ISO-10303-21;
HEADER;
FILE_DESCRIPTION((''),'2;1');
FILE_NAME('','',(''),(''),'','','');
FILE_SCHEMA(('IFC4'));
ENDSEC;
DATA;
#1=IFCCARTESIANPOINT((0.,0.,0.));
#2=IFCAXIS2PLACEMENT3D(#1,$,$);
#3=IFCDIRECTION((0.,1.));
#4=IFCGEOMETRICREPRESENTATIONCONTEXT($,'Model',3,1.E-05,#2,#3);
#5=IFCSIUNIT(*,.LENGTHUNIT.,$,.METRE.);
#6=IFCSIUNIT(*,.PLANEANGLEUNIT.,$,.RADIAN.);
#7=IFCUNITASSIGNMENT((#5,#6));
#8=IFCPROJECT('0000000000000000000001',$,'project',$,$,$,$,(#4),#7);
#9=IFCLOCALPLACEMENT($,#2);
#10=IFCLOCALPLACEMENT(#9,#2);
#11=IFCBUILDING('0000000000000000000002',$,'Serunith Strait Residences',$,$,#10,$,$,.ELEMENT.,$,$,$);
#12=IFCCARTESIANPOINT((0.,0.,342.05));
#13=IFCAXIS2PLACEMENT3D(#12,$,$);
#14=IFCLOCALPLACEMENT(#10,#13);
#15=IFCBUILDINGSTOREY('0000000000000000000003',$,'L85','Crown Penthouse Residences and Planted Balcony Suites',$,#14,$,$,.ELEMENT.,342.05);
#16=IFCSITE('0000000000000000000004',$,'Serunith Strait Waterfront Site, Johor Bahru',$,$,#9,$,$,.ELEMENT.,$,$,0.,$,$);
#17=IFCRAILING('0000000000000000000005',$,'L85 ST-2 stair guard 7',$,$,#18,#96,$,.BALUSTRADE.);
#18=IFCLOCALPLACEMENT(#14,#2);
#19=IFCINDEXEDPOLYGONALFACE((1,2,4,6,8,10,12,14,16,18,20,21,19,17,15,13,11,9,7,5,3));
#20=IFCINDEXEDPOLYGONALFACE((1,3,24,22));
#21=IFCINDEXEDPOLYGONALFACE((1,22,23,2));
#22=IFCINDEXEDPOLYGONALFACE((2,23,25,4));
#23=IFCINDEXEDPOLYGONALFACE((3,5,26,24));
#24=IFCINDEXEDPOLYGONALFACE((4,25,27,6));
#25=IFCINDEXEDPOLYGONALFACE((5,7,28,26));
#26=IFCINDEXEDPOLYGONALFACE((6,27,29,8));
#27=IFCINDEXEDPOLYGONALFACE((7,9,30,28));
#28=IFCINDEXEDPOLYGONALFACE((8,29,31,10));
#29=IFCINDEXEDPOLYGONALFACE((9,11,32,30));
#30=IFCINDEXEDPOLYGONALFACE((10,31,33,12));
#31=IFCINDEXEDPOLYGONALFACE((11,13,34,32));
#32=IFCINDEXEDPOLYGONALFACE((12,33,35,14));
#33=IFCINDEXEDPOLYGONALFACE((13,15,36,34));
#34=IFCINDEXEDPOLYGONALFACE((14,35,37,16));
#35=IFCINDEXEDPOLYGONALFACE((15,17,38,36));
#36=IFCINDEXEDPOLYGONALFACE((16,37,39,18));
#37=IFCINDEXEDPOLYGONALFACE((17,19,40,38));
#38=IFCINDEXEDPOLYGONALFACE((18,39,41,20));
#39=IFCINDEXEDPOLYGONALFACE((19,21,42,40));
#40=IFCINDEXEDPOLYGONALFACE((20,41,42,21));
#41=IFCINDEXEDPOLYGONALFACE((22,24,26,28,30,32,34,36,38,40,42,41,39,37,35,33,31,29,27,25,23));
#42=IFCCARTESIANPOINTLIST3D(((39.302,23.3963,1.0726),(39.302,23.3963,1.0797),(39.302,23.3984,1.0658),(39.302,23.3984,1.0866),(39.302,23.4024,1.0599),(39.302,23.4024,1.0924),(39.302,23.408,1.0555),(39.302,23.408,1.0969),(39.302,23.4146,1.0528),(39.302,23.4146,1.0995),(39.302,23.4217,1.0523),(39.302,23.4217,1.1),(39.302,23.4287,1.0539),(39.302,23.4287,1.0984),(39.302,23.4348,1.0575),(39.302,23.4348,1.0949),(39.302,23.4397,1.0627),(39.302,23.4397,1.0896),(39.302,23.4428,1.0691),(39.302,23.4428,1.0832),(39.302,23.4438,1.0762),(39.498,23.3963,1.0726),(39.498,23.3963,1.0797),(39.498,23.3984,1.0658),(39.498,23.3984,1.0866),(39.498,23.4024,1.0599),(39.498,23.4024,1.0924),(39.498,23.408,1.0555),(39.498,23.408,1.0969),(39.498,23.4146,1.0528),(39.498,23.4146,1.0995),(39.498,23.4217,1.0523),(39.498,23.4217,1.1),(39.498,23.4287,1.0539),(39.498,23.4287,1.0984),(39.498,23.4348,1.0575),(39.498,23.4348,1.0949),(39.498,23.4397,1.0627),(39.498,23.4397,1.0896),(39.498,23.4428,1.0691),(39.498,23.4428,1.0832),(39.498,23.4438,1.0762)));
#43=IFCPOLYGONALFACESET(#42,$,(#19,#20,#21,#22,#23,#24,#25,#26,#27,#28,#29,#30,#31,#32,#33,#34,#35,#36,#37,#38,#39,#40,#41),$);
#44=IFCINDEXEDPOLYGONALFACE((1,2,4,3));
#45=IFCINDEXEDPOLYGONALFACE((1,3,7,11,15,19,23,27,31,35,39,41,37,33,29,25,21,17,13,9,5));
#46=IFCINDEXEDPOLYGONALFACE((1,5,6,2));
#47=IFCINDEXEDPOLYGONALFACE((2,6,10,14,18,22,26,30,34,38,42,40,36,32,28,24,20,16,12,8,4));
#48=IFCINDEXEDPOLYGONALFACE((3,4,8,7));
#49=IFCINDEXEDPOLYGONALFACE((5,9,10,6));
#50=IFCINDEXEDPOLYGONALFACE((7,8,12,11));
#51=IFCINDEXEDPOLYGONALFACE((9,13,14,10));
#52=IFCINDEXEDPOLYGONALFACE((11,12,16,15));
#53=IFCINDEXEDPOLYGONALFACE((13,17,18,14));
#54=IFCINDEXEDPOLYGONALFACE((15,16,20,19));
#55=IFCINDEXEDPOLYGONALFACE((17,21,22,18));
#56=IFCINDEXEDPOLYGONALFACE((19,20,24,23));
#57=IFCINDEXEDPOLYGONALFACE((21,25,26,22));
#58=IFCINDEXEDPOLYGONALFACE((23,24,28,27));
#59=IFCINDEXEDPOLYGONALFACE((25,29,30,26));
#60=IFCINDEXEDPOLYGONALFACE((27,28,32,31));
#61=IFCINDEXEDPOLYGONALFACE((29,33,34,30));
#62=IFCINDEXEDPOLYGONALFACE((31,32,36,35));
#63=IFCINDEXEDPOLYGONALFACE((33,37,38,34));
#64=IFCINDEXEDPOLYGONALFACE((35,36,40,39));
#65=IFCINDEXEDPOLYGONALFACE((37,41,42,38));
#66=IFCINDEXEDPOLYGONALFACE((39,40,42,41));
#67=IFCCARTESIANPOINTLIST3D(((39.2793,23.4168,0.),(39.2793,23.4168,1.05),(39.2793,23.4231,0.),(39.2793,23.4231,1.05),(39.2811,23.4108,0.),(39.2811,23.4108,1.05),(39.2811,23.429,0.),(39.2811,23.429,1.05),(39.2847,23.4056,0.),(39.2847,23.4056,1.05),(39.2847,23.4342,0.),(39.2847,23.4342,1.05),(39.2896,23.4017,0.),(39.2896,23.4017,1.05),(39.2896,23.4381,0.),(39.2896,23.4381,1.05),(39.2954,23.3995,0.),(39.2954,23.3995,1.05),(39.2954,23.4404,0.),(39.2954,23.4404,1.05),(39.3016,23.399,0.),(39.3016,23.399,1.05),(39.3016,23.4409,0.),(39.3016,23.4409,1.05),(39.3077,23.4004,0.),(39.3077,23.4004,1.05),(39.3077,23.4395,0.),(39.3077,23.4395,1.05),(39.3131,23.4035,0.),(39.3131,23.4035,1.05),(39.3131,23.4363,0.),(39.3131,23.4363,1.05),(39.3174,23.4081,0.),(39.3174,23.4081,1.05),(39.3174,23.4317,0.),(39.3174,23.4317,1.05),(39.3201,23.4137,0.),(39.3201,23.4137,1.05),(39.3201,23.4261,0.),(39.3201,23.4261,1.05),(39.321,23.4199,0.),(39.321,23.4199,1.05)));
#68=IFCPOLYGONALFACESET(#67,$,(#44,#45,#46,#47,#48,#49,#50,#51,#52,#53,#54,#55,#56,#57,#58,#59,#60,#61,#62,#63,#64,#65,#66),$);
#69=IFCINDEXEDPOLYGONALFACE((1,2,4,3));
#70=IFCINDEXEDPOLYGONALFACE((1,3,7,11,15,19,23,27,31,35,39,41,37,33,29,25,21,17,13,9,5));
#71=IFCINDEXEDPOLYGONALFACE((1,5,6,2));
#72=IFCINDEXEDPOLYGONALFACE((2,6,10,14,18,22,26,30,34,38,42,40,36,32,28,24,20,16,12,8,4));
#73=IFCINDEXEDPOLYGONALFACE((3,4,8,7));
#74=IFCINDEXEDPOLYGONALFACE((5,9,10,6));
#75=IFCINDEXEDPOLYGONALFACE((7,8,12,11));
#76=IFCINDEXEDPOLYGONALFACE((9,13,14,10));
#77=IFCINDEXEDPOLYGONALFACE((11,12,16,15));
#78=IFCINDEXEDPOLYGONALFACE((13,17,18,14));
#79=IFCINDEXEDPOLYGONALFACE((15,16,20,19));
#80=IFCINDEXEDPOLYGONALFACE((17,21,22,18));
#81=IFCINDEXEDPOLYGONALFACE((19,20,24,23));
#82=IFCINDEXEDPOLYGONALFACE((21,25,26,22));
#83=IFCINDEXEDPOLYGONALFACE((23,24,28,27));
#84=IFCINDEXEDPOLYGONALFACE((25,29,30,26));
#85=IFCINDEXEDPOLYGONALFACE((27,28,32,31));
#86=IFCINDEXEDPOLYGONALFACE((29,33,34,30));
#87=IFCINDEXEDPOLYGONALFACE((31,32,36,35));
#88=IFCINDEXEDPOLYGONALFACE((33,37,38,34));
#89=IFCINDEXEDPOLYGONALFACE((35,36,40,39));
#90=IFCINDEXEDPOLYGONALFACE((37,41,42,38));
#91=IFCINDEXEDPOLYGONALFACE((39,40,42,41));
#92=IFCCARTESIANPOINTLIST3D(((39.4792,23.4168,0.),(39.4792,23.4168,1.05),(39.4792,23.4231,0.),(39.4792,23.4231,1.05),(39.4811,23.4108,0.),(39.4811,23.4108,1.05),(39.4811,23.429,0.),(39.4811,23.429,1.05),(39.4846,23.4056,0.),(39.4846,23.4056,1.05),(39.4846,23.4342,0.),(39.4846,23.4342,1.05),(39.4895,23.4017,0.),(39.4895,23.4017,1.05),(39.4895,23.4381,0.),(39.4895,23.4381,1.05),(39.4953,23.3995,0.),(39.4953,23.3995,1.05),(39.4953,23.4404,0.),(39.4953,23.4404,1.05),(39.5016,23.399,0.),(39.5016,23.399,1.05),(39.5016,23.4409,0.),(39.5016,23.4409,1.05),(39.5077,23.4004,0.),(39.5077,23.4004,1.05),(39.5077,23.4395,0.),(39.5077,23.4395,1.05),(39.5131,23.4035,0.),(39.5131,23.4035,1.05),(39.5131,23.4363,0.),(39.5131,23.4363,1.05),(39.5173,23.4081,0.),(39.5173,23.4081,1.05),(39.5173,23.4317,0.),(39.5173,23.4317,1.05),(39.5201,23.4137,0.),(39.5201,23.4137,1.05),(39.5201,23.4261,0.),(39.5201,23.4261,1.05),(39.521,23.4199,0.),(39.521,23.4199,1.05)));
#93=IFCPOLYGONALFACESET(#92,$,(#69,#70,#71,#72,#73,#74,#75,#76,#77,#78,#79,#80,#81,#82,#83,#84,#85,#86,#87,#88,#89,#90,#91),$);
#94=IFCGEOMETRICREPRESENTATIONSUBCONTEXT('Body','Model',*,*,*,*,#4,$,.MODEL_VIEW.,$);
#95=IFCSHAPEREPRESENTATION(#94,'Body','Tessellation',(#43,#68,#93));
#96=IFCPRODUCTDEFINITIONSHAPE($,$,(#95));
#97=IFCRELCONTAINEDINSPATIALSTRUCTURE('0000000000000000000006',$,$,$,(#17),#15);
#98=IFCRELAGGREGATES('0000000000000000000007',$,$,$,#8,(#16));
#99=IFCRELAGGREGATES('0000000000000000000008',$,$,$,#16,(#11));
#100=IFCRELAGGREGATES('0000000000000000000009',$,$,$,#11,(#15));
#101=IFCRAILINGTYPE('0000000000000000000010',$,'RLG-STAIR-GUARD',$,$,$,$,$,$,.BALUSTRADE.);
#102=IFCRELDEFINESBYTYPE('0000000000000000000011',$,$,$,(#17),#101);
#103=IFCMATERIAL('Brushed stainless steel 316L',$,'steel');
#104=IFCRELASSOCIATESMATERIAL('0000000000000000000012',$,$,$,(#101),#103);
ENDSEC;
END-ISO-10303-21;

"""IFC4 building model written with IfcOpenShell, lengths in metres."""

from ifc_helpers import new_model, si_unit, direction, frame, origin, origin_2d, place, context, subcontext, project, spatial, circle, extrude, material, type_object, element, save


model = new_model("IFC4")

# Units and contexts
model_context = context("Model", 3, precision=1e-05, world=origin(), true_north=direction((0.0, 1.0)))
body_context = subcontext(model_context, "Body", "Model", "MODEL_VIEW")
ifc_project = project(units=[si_unit("LENGTHUNIT", "METRE"), si_unit("PLANEANGLEUNIT", "RADIAN")], contexts=[model_context])

# Site, building, storey
site_placement = place(None, origin())
site = spatial("IfcSite", under=ifc_project, at=site_placement, Name="Serunith Strait Waterfront Site, Johor Bahru", CompositionType="ELEMENT", RefElevation=0.0)
building_placement = place(site_placement, origin())
building = spatial("IfcBuilding", under=site, at=building_placement, Name="Serunith Strait Residences", CompositionType="ELEMENT")
storey_placement = place(building_placement, frame((0.0, 0.0, 342.05)))
storey = spatial("IfcBuildingStorey", under=building, at=storey_placement, Name="L85", Description="Crown Penthouse Residences and Planted Balcony Suites", CompositionType="ELEMENT", Elevation=342.05)

# Railing
ifc_material_1 = material(Name="Brushed stainless steel 316L", Category="steel")
railing_type_1 = type_object("IfcRailingType", Name="RLG-STAIR-GUARD", PredefinedType="BALUSTRADE", material=ifc_material_1)
railing_1_placement = place(storey_placement, frame((39.3, 23.4199, 0.0)))
element("IfcRailing", 1, at=railing_1_placement, inside=storey, type_object=railing_type_1, Name="L85 ST-2 stair guard 7", PredefinedType="BALUSTRADE", context=body_context, shape_type="SweptSolid", body=[
    extrude(circle(Radius=0.0239, at=origin_2d()), frame((0.002, 0.0, 1.0762), z_axis=(1.0, 0.0, 0.0), x_axis=(0.0, 1.0, 0.0)), (0.0, 0.0, 1.0), 0.196),
    extrude(circle(Radius=0.021, at=origin_2d()), origin(), (0.0, 0.0, 1.0), 1.05),
    extrude(circle(Radius=0.021, at=origin_2d()), frame((0.2, 0.0, 0.0)), (0.0, 0.0, 1.0), 1.05),
])

save(model, "model.ifc")
